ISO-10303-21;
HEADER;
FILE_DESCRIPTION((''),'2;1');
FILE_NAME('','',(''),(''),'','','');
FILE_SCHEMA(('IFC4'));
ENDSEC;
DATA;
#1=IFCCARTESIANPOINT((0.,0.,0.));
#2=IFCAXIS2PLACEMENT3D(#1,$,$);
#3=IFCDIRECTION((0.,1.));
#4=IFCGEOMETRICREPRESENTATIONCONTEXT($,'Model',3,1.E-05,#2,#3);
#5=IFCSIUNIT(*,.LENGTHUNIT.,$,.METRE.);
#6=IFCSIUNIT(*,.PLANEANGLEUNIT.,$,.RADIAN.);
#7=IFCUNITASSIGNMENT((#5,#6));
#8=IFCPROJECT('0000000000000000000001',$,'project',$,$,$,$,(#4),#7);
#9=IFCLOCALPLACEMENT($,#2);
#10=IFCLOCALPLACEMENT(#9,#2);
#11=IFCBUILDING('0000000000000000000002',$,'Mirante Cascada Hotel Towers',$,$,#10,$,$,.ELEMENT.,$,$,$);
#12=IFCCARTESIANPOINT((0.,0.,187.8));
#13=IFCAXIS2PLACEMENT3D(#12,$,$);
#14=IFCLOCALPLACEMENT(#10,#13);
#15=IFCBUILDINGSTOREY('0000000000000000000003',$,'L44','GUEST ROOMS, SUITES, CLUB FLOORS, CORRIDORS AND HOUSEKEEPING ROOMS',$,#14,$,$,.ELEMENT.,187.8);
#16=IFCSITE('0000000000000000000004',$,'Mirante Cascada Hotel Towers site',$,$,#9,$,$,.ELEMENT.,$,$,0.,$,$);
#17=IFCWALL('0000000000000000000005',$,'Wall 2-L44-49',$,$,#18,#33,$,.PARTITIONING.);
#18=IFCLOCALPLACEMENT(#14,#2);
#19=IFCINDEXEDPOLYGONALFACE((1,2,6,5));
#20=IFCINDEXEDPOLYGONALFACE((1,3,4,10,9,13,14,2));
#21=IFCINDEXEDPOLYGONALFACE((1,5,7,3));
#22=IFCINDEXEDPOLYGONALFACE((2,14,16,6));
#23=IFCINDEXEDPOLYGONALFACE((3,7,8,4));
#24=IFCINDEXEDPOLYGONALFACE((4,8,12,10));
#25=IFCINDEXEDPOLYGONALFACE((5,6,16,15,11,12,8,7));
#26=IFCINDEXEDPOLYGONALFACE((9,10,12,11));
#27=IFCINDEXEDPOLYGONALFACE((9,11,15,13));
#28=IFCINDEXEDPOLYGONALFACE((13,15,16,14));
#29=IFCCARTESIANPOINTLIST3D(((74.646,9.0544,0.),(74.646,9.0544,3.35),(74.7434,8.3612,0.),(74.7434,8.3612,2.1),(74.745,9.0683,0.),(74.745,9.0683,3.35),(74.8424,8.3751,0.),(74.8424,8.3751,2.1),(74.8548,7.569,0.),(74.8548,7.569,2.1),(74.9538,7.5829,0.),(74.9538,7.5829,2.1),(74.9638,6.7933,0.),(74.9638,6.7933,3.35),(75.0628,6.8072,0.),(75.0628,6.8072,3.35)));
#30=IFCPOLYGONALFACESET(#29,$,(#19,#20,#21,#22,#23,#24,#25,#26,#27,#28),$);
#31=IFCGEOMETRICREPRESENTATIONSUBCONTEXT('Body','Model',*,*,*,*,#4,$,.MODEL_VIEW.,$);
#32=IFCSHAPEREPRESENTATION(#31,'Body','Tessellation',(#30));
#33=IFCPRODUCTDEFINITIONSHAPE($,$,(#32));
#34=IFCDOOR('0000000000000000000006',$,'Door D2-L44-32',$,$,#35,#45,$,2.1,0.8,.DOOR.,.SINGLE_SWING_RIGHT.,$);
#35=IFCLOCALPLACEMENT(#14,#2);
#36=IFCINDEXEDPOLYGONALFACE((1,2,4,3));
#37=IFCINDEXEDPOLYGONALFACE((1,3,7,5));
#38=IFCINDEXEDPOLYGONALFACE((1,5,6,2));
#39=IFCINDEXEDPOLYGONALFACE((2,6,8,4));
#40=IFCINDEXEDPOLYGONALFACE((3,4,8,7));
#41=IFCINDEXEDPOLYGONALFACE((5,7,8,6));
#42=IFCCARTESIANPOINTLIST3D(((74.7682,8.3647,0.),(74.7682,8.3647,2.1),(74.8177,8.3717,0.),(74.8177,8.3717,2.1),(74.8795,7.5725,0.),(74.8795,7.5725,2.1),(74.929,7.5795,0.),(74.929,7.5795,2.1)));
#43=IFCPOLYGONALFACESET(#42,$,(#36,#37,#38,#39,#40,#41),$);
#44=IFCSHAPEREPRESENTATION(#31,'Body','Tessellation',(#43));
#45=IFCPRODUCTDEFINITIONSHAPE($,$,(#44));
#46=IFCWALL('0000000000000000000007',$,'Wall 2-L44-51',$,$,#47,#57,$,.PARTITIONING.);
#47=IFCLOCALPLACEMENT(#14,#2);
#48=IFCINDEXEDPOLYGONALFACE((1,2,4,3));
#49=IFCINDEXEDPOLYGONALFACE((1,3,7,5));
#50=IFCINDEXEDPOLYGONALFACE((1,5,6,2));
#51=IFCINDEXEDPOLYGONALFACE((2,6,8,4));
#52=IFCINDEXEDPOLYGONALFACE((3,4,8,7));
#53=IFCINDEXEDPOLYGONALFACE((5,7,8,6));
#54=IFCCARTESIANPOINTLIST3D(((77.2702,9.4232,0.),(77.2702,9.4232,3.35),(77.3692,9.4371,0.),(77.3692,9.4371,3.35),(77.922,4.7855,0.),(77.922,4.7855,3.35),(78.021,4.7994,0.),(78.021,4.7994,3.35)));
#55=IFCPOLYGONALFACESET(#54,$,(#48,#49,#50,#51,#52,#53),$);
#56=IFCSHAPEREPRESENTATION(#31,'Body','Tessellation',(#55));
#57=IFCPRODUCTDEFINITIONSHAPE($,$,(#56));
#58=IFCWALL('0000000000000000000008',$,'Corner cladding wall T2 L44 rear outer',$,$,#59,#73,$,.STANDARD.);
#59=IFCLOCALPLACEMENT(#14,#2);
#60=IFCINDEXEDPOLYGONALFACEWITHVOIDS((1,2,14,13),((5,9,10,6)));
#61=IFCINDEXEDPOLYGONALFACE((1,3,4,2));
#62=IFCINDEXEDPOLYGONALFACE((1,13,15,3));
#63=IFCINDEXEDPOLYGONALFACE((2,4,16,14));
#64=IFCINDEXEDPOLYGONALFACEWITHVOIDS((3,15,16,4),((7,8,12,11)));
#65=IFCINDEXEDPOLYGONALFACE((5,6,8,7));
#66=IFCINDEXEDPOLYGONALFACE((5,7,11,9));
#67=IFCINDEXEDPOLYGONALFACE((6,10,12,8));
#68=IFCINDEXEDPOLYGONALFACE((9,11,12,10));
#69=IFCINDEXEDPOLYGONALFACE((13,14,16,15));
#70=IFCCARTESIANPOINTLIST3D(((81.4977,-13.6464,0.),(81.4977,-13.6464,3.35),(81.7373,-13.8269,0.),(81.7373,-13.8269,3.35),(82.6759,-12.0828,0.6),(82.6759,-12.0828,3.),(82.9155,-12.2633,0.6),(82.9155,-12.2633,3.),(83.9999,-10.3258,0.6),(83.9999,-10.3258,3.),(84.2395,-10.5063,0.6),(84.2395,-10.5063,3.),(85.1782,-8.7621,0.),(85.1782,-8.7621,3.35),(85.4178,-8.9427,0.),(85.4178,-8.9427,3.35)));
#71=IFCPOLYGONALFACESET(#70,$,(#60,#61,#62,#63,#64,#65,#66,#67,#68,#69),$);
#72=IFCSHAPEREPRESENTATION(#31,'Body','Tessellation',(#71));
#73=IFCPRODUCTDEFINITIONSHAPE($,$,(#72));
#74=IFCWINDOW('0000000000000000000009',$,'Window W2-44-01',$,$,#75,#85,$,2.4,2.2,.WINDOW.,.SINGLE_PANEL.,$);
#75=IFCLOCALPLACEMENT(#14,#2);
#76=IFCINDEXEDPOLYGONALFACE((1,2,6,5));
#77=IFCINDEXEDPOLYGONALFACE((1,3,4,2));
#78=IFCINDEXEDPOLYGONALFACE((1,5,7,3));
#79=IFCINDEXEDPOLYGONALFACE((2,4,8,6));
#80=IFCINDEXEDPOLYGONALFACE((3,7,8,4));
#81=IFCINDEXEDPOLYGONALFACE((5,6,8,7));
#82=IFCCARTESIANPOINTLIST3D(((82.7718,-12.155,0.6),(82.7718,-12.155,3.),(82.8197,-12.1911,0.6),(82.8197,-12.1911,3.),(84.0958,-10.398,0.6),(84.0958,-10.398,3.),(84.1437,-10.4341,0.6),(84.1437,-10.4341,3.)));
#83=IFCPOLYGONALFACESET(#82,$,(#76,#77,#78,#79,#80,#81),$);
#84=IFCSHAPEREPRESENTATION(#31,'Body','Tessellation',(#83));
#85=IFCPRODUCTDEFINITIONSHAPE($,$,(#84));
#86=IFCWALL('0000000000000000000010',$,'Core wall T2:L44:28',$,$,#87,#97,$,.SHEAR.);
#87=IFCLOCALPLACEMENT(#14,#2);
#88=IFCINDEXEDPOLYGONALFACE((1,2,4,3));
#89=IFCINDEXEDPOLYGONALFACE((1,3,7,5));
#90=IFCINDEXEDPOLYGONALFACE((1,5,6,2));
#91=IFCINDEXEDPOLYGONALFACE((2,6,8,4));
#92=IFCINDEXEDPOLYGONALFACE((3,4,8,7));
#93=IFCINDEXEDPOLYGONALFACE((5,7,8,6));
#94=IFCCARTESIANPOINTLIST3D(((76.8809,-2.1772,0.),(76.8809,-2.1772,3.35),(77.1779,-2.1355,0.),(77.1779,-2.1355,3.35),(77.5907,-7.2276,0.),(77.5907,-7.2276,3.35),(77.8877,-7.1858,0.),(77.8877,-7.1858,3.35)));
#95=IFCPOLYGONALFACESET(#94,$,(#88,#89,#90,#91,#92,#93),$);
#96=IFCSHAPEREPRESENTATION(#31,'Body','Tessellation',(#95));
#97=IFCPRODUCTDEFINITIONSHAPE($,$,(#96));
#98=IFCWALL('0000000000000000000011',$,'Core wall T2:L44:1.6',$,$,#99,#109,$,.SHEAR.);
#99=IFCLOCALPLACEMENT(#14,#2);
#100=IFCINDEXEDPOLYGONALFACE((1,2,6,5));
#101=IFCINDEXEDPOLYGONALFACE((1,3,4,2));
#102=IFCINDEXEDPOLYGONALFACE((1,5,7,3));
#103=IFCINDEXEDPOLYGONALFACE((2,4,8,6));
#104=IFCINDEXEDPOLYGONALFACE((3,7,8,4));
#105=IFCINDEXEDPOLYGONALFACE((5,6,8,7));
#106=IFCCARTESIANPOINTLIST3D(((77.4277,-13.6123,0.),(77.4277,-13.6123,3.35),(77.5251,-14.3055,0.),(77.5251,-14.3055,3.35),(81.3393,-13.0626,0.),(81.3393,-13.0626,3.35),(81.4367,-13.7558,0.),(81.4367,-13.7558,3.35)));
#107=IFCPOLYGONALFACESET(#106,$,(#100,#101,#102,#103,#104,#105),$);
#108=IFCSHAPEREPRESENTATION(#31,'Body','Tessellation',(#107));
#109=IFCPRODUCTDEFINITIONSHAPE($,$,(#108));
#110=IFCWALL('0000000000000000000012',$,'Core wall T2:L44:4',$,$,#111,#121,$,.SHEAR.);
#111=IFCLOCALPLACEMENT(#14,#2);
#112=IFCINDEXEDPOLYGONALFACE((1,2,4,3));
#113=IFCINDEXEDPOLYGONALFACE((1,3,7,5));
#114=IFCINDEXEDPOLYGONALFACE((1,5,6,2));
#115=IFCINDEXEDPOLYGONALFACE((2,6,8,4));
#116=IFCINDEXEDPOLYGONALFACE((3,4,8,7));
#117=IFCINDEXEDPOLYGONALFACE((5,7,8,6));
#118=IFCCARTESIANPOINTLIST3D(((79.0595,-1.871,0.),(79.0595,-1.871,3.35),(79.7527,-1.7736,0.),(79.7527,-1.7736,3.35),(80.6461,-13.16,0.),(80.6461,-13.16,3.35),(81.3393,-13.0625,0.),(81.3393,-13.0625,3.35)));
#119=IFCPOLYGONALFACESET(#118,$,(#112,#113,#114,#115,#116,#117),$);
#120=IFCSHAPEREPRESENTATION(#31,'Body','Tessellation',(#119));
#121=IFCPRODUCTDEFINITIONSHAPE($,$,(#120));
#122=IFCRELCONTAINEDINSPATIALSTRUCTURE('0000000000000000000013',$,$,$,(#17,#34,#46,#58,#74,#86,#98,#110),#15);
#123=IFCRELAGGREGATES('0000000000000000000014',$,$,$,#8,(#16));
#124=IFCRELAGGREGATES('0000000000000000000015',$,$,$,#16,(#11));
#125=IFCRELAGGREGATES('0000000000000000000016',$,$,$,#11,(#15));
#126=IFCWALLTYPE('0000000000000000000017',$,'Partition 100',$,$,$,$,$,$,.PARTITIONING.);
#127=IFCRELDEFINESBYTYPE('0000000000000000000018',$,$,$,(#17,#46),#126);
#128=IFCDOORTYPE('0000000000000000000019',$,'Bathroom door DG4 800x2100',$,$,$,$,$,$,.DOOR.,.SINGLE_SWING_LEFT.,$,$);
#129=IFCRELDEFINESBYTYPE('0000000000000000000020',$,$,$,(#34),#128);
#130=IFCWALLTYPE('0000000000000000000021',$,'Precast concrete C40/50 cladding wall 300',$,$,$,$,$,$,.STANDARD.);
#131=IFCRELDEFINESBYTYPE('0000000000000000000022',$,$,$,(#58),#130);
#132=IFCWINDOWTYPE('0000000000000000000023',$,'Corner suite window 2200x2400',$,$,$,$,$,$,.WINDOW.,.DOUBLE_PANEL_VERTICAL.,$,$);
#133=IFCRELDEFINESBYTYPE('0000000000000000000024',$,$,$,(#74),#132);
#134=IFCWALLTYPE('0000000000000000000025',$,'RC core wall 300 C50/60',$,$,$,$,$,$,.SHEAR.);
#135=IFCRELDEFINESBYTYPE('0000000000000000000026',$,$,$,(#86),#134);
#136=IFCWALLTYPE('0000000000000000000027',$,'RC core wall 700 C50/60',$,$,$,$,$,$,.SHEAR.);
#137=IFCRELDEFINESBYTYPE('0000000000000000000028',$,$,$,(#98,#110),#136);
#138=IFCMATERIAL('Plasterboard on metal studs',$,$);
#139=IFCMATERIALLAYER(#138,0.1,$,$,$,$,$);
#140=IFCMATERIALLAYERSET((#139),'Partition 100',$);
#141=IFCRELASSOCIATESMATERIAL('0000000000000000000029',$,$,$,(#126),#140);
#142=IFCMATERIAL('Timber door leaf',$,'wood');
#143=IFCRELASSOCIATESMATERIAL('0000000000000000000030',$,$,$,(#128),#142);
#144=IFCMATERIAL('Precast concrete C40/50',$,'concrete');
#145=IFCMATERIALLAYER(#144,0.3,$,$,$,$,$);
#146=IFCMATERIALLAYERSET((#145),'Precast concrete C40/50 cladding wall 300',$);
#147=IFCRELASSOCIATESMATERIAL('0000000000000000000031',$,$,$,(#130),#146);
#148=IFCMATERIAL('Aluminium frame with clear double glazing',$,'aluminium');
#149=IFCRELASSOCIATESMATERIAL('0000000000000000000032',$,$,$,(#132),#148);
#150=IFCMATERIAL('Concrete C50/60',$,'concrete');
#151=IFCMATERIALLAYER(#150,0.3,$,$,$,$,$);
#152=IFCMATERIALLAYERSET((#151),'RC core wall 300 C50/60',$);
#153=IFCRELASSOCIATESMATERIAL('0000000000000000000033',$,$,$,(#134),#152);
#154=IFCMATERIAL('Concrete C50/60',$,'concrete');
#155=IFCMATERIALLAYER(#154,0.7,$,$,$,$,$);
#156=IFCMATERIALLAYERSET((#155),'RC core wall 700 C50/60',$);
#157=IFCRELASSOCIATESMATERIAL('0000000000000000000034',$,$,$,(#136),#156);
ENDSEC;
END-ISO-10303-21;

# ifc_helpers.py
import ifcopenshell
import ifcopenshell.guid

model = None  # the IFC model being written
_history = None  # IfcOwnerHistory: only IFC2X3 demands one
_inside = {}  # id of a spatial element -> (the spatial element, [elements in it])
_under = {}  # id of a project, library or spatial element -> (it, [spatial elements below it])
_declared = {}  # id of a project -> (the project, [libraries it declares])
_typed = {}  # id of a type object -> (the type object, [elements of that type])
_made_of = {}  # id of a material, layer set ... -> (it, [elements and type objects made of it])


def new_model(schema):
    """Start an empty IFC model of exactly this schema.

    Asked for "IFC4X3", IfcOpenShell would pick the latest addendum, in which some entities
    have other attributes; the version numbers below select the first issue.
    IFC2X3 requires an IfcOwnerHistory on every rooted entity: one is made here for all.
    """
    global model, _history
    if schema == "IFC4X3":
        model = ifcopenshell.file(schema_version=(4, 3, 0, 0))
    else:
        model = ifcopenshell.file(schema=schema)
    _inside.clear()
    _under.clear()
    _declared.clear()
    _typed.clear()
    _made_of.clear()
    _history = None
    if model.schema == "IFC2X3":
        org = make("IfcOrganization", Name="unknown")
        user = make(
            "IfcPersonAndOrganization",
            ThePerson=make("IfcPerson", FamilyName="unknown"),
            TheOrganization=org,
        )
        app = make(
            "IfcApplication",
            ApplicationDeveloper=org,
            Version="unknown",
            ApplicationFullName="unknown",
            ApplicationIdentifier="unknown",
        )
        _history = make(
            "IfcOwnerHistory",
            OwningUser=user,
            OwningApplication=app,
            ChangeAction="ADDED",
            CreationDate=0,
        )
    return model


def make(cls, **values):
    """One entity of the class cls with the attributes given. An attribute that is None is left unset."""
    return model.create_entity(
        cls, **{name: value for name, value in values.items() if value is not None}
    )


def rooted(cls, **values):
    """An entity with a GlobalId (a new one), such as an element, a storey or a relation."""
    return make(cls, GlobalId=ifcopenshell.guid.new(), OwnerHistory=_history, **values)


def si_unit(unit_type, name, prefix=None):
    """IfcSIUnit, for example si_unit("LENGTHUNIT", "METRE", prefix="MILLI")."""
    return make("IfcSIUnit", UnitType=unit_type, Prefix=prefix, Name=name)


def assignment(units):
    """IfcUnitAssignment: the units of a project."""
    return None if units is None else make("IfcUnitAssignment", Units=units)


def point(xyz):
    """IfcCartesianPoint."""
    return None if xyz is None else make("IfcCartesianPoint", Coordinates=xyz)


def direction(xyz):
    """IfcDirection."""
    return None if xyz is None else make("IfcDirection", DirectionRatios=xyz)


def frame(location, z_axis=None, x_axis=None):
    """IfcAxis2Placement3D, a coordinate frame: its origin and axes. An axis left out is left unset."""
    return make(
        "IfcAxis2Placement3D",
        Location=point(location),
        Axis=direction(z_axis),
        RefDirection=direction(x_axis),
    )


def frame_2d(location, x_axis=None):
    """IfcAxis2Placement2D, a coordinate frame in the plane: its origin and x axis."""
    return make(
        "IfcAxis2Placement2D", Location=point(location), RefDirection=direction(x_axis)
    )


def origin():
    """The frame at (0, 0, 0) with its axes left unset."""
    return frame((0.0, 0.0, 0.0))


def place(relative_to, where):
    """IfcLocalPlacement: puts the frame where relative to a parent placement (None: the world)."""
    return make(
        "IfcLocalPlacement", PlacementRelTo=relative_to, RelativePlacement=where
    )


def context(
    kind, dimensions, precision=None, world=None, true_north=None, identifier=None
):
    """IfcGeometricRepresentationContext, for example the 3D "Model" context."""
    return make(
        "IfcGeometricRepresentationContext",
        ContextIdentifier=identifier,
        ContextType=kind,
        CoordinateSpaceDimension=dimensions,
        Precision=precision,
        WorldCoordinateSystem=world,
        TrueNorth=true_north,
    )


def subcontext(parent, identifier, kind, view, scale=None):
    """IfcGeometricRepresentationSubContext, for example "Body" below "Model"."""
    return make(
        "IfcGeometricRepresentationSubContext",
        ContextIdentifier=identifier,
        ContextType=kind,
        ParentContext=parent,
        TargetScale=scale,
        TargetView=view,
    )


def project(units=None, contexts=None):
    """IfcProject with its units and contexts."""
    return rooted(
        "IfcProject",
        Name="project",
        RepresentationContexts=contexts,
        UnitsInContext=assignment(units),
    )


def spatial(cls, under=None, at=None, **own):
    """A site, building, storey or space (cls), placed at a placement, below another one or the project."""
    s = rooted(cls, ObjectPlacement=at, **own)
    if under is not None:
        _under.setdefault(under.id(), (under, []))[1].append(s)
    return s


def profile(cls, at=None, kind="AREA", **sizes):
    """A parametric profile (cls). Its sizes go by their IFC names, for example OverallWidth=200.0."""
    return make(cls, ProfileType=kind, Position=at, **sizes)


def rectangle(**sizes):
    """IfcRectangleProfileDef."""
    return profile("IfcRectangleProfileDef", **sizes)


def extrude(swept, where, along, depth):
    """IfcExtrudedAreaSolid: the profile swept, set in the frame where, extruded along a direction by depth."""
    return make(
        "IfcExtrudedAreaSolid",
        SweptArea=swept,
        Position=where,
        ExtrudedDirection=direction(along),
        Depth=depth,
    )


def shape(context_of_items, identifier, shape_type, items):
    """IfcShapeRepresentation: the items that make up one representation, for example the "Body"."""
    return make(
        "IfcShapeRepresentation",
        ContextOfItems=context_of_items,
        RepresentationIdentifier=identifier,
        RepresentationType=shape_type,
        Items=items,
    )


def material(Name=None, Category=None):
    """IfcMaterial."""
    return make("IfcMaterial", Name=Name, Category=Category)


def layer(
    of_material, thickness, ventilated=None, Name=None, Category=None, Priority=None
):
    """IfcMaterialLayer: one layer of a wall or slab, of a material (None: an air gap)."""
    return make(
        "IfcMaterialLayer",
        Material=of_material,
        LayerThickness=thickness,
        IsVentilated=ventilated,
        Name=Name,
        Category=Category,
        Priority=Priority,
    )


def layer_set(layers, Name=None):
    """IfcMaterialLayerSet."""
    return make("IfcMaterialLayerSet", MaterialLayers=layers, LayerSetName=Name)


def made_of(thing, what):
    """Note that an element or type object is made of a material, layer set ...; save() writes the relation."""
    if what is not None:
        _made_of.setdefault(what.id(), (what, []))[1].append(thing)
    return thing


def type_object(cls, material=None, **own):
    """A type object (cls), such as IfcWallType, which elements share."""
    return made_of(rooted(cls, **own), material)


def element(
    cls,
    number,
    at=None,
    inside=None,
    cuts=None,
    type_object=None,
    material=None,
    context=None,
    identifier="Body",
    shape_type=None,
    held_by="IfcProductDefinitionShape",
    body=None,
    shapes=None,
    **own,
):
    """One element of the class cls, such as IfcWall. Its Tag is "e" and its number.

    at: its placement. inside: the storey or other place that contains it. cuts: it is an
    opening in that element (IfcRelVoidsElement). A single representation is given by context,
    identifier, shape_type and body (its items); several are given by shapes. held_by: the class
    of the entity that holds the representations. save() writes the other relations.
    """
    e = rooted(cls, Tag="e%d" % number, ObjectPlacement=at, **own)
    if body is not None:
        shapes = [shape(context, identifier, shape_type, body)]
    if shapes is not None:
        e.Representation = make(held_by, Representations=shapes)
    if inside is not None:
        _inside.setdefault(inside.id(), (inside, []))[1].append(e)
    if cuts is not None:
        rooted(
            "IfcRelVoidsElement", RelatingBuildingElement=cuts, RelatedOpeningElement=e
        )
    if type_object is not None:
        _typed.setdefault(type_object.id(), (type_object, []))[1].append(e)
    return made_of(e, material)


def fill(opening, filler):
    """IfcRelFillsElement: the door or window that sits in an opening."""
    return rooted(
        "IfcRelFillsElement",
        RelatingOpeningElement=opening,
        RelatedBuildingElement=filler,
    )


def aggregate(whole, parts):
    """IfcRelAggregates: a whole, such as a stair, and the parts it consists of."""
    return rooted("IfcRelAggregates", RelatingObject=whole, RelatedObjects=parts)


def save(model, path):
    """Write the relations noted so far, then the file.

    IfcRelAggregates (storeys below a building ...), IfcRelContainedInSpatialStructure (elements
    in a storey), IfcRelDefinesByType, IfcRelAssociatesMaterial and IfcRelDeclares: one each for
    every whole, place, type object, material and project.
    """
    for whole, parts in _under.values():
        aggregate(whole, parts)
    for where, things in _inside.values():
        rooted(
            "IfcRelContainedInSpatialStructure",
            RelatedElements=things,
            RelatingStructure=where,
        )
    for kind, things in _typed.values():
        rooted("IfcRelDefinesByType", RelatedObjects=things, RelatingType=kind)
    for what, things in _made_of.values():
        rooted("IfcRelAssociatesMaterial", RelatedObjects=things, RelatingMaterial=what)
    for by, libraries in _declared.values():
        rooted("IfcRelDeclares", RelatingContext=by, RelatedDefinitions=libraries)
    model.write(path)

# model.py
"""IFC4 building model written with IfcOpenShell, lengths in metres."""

from ifc_helpers import new_model, si_unit, direction, frame, frame_2d, origin, place, context, subcontext, project, spatial, rectangle, extrude, material, layer, layer_set, type_object, element, fill, save


model = new_model("IFC4")

# Units and contexts
model_context = context("Model", 3, precision=1e-05, world=origin(), true_north=direction((0.0, 1.0)))
body_context = subcontext(model_context, "Body", "Model", "MODEL_VIEW")
ifc_project = project(units=[si_unit("LENGTHUNIT", "METRE"), si_unit("PLANEANGLEUNIT", "RADIAN")], contexts=[model_context])

# Site, building, storey
site_placement = place(None, origin())
site = spatial("IfcSite", under=ifc_project, at=site_placement, Name="Mirante Cascada Hotel Towers site", CompositionType="ELEMENT", RefElevation=0.0)
building_placement = place(site_placement, origin())
building = spatial("IfcBuilding", under=site, at=building_placement, Name="Mirante Cascada Hotel Towers", CompositionType="ELEMENT")
storey_placement = place(building_placement, frame((0.0, 0.0, 187.8)))
storey = spatial("IfcBuildingStorey", under=building, at=storey_placement, Name="L44", Description="GUEST ROOMS, SUITES, CLUB FLOORS, CORRIDORS AND HOUSEKEEPING ROOMS", CompositionType="ELEMENT", Elevation=187.8)

# Shared definitions
ifc_material_1 = material(Name="Plasterboard on metal studs")
ifc_layer_1 = layer(ifc_material_1, 0.1)
ifc_layer_set_1 = layer_set([ifc_layer_1], Name="Partition 100")
wall_type_1 = type_object("IfcWallType", Name="Partition 100", PredefinedType="PARTITIONING", material=ifc_layer_set_1)

# Wall, opening, door
wall_1_placement = place(storey_placement, frame((75.0133, 6.8003, 0.0), z_axis=(0.0, 0.0, 1.0), x_axis=(-0.139183, 0.990267, 0.0)))
wall_1 = element("IfcWall", 1, at=wall_1_placement, inside=storey, type_object=wall_type_1, Name="Wall 2-L44-49", PredefinedType="PARTITIONING", context=body_context, shape_type="SweptSolid", body=[
    extrude(rectangle(XDim=2.2833, YDim=0.1, at=frame_2d((1.1416, 0.0))), origin(), (0.0, 0.0, 1.0), 3.35),
])
opening_1_placement = place(wall_1_placement, frame((0.7833, 0.0, 0.0)))
opening_1 = element("IfcOpeningElement", 2, at=opening_1_placement, cuts=wall_1, PredefinedType="OPENING", context=body_context, shape_type="SweptSolid", body=[
    extrude(rectangle(XDim=0.8, YDim=2.1, at=frame_2d((0.4, 1.05))), frame((0.0, 0.05, 0.0), z_axis=(0.0, -1.0, 0.0), x_axis=(1.0, 0.0, 0.0)), (0.0, 0.0, 1.0), 0.1),
])
ifc_material_2 = material(Name="Timber door leaf", Category="wood")
door_type_1 = type_object("IfcDoorType", Name="Bathroom door DG4 800x2100", OperationType="SINGLE_SWING_LEFT", PredefinedType="DOOR", material=ifc_material_2)
door_1_placement = place(opening_1_placement, frame((0.8, 0.0, 0.0), z_axis=(0.0, 0.0, 1.0), x_axis=(-1.0, 0.0, 0.0)))
door_1 = element("IfcDoor", 3, at=door_1_placement, inside=storey, type_object=door_type_1, Name="Door D2-L44-32", OperationType="SINGLE_SWING_RIGHT", OverallHeight=2.1, OverallWidth=0.8, PredefinedType="DOOR", context=body_context, shape_type="SweptSolid", body=[
    extrude(rectangle(XDim=0.8, YDim=2.1, at=frame_2d((0.4, 1.05))), frame((0.0, 0.025, 0.0), z_axis=(0.0, -1.0, 0.0), x_axis=(1.0, 0.0, 0.0)), (0.0, 0.0, 1.0), 0.05),
])
fill(opening_1, door_1)

# Wall
wall_2_placement = place(storey_placement, frame((77.9715, 4.7925, 0.0), z_axis=(0.0, 0.0, 1.0), x_axis=(-0.139176, 0.990268, 0.0)))
element("IfcWall", 4, at=wall_2_placement, inside=storey, type_object=wall_type_1, Name="Wall 2-L44-51", PredefinedType="PARTITIONING", context=body_context, shape_type="SweptSolid", body=[
    extrude(rectangle(XDim=4.6833, YDim=0.1, at=frame_2d((2.3416, 0.0))), origin(), (0.0, 0.0, 1.0), 3.35),
])

# Wall, opening, window
ifc_material_3 = material(Name="Precast concrete C40/50", Category="concrete")
ifc_layer_2 = layer(ifc_material_3, 0.3)
ifc_layer_set_2 = layer_set([ifc_layer_2], Name="Precast concrete C40/50 cladding wall 300")
wall_type_2 = type_object("IfcWallType", Name="Precast concrete C40/50 cladding wall 300", PredefinedType="STANDARD", material=ifc_layer_set_2)
wall_3_placement = place(storey_placement, frame((81.6175, -13.7366, 0.0), z_axis=(0.0, 0.0, 1.0), x_axis=(0.601814, 0.798636, 0.0)))
wall_3 = element("IfcWall", 5, at=wall_3_placement, inside=storey, type_object=wall_type_2, Name="Corner cladding wall T2 L44 rear outer", PredefinedType="STANDARD", context=body_context, shape_type="SweptSolid", body=[
    extrude(rectangle(XDim=6.1157, YDim=0.3, at=frame_2d((3.0578, 0.0))), origin(), (0.0, 0.0, 1.0), 3.35),
])
opening_2_placement = place(wall_3_placement, frame((1.9578, 0.0, 0.6)))
opening_2 = element("IfcOpeningElement", 6, at=opening_2_placement, cuts=wall_3, PredefinedType="OPENING", context=body_context, shape_type="SweptSolid", body=[
    extrude(rectangle(XDim=2.2, YDim=2.4, at=frame_2d((1.1, 1.2))), frame((0.0, 0.15, 0.0), z_axis=(0.0, -1.0, 0.0), x_axis=(1.0, 0.0, 0.0)), (0.0, 0.0, 1.0), 0.3),
])
ifc_material_4 = material(Name="Aluminium frame with clear double glazing", Category="aluminium")
window_type = type_object("IfcWindowType", Name="Corner suite window 2200x2400", PartitioningType="DOUBLE_PANEL_VERTICAL", PredefinedType="WINDOW", material=ifc_material_4)
window_placement = place(opening_2_placement, origin())
window = element("IfcWindow", 7, at=window_placement, inside=storey, type_object=window_type, Name="Window W2-44-01", OverallHeight=2.4, OverallWidth=2.2, PartitioningType="SINGLE_PANEL", PredefinedType="WINDOW", context=body_context, shape_type="SweptSolid", body=[
    extrude(rectangle(XDim=2.2, YDim=2.4, at=frame_2d((1.1, 1.2))), frame((0.0, 0.03, 0.0), z_axis=(0.0, -1.0, 0.0), x_axis=(1.0, 0.0, 0.0)), (0.0, 0.0, 1.0), 0.06),
])
fill(opening_2, window)

# Walls
ifc_material_5 = material(Name="Concrete C50/60", Category="concrete")
ifc_layer_3 = layer(ifc_material_5, 0.3)
ifc_layer_set_3 = layer_set([ifc_layer_3], Name="RC core wall 300 C50/60")
wall_type_3 = type_object("IfcWallType", Name="RC core wall 300 C50/60", PredefinedType="SHEAR", material=ifc_layer_set_3)
wall_4_placement = place(storey_placement, frame((77.7392, -7.2067, 0.0), z_axis=(0.0, 0.0, 1.0), x_axis=(-0.139176, 0.990268, 0.0)))
element("IfcWall", 8, at=wall_4_placement, inside=storey, type_object=wall_type_3, Name="Core wall T2:L44:28", PredefinedType="SHEAR", context=body_context, shape_type="SweptSolid", body=[
    extrude(rectangle(XDim=5.1, YDim=0.3, at=frame_2d((2.55, 0.0))), origin(), (0.0, 0.0, 1.0), 3.35),
])
ifc_material_6 = material(Name="Concrete C50/60", Category="concrete")
ifc_layer_4 = layer(ifc_material_6, 0.7)
ifc_layer_set_4 = layer_set([ifc_layer_4], Name="RC core wall 700 C50/60")
wall_type_4 = type_object("IfcWallType", Name="RC core wall 700 C50/60", PredefinedType="SHEAR", material=ifc_layer_set_4)
wall_5_placement = place(storey_placement, frame((77.4764, -13.9589, 0.0), z_axis=(0.0, 0.0, 1.0), x_axis=(0.990269, 0.139163, 0.0)))
element("IfcWall", 9, at=wall_5_placement, inside=storey, type_object=wall_type_4, Name="Core wall T2:L44:1.6", PredefinedType="SHEAR", context=body_context, shape_type="SweptSolid", body=[
    extrude(rectangle(XDim=3.95, YDim=0.7, at=frame_2d((1.975, 0.0))), origin(), (0.0, 0.0, 1.0), 3.35),
])
wall_6_placement = place(storey_placement, frame((80.9927, -13.1113, 0.0), z_axis=(0.0, 0.0, 1.0), x_axis=(-0.139176, 0.990268, 0.0)))
element("IfcWall", 10, at=wall_6_placement, inside=storey, type_object=wall_type_4, Name="Core wall T2:L44:4", PredefinedType="SHEAR", context=body_context, shape_type="SweptSolid", body=[
    extrude(rectangle(XDim=11.3999, YDim=0.7, at=frame_2d((5.7, 0.0))), origin(), (0.0, 0.0, 1.0), 3.35),
])

save(model, "model.ifc")
